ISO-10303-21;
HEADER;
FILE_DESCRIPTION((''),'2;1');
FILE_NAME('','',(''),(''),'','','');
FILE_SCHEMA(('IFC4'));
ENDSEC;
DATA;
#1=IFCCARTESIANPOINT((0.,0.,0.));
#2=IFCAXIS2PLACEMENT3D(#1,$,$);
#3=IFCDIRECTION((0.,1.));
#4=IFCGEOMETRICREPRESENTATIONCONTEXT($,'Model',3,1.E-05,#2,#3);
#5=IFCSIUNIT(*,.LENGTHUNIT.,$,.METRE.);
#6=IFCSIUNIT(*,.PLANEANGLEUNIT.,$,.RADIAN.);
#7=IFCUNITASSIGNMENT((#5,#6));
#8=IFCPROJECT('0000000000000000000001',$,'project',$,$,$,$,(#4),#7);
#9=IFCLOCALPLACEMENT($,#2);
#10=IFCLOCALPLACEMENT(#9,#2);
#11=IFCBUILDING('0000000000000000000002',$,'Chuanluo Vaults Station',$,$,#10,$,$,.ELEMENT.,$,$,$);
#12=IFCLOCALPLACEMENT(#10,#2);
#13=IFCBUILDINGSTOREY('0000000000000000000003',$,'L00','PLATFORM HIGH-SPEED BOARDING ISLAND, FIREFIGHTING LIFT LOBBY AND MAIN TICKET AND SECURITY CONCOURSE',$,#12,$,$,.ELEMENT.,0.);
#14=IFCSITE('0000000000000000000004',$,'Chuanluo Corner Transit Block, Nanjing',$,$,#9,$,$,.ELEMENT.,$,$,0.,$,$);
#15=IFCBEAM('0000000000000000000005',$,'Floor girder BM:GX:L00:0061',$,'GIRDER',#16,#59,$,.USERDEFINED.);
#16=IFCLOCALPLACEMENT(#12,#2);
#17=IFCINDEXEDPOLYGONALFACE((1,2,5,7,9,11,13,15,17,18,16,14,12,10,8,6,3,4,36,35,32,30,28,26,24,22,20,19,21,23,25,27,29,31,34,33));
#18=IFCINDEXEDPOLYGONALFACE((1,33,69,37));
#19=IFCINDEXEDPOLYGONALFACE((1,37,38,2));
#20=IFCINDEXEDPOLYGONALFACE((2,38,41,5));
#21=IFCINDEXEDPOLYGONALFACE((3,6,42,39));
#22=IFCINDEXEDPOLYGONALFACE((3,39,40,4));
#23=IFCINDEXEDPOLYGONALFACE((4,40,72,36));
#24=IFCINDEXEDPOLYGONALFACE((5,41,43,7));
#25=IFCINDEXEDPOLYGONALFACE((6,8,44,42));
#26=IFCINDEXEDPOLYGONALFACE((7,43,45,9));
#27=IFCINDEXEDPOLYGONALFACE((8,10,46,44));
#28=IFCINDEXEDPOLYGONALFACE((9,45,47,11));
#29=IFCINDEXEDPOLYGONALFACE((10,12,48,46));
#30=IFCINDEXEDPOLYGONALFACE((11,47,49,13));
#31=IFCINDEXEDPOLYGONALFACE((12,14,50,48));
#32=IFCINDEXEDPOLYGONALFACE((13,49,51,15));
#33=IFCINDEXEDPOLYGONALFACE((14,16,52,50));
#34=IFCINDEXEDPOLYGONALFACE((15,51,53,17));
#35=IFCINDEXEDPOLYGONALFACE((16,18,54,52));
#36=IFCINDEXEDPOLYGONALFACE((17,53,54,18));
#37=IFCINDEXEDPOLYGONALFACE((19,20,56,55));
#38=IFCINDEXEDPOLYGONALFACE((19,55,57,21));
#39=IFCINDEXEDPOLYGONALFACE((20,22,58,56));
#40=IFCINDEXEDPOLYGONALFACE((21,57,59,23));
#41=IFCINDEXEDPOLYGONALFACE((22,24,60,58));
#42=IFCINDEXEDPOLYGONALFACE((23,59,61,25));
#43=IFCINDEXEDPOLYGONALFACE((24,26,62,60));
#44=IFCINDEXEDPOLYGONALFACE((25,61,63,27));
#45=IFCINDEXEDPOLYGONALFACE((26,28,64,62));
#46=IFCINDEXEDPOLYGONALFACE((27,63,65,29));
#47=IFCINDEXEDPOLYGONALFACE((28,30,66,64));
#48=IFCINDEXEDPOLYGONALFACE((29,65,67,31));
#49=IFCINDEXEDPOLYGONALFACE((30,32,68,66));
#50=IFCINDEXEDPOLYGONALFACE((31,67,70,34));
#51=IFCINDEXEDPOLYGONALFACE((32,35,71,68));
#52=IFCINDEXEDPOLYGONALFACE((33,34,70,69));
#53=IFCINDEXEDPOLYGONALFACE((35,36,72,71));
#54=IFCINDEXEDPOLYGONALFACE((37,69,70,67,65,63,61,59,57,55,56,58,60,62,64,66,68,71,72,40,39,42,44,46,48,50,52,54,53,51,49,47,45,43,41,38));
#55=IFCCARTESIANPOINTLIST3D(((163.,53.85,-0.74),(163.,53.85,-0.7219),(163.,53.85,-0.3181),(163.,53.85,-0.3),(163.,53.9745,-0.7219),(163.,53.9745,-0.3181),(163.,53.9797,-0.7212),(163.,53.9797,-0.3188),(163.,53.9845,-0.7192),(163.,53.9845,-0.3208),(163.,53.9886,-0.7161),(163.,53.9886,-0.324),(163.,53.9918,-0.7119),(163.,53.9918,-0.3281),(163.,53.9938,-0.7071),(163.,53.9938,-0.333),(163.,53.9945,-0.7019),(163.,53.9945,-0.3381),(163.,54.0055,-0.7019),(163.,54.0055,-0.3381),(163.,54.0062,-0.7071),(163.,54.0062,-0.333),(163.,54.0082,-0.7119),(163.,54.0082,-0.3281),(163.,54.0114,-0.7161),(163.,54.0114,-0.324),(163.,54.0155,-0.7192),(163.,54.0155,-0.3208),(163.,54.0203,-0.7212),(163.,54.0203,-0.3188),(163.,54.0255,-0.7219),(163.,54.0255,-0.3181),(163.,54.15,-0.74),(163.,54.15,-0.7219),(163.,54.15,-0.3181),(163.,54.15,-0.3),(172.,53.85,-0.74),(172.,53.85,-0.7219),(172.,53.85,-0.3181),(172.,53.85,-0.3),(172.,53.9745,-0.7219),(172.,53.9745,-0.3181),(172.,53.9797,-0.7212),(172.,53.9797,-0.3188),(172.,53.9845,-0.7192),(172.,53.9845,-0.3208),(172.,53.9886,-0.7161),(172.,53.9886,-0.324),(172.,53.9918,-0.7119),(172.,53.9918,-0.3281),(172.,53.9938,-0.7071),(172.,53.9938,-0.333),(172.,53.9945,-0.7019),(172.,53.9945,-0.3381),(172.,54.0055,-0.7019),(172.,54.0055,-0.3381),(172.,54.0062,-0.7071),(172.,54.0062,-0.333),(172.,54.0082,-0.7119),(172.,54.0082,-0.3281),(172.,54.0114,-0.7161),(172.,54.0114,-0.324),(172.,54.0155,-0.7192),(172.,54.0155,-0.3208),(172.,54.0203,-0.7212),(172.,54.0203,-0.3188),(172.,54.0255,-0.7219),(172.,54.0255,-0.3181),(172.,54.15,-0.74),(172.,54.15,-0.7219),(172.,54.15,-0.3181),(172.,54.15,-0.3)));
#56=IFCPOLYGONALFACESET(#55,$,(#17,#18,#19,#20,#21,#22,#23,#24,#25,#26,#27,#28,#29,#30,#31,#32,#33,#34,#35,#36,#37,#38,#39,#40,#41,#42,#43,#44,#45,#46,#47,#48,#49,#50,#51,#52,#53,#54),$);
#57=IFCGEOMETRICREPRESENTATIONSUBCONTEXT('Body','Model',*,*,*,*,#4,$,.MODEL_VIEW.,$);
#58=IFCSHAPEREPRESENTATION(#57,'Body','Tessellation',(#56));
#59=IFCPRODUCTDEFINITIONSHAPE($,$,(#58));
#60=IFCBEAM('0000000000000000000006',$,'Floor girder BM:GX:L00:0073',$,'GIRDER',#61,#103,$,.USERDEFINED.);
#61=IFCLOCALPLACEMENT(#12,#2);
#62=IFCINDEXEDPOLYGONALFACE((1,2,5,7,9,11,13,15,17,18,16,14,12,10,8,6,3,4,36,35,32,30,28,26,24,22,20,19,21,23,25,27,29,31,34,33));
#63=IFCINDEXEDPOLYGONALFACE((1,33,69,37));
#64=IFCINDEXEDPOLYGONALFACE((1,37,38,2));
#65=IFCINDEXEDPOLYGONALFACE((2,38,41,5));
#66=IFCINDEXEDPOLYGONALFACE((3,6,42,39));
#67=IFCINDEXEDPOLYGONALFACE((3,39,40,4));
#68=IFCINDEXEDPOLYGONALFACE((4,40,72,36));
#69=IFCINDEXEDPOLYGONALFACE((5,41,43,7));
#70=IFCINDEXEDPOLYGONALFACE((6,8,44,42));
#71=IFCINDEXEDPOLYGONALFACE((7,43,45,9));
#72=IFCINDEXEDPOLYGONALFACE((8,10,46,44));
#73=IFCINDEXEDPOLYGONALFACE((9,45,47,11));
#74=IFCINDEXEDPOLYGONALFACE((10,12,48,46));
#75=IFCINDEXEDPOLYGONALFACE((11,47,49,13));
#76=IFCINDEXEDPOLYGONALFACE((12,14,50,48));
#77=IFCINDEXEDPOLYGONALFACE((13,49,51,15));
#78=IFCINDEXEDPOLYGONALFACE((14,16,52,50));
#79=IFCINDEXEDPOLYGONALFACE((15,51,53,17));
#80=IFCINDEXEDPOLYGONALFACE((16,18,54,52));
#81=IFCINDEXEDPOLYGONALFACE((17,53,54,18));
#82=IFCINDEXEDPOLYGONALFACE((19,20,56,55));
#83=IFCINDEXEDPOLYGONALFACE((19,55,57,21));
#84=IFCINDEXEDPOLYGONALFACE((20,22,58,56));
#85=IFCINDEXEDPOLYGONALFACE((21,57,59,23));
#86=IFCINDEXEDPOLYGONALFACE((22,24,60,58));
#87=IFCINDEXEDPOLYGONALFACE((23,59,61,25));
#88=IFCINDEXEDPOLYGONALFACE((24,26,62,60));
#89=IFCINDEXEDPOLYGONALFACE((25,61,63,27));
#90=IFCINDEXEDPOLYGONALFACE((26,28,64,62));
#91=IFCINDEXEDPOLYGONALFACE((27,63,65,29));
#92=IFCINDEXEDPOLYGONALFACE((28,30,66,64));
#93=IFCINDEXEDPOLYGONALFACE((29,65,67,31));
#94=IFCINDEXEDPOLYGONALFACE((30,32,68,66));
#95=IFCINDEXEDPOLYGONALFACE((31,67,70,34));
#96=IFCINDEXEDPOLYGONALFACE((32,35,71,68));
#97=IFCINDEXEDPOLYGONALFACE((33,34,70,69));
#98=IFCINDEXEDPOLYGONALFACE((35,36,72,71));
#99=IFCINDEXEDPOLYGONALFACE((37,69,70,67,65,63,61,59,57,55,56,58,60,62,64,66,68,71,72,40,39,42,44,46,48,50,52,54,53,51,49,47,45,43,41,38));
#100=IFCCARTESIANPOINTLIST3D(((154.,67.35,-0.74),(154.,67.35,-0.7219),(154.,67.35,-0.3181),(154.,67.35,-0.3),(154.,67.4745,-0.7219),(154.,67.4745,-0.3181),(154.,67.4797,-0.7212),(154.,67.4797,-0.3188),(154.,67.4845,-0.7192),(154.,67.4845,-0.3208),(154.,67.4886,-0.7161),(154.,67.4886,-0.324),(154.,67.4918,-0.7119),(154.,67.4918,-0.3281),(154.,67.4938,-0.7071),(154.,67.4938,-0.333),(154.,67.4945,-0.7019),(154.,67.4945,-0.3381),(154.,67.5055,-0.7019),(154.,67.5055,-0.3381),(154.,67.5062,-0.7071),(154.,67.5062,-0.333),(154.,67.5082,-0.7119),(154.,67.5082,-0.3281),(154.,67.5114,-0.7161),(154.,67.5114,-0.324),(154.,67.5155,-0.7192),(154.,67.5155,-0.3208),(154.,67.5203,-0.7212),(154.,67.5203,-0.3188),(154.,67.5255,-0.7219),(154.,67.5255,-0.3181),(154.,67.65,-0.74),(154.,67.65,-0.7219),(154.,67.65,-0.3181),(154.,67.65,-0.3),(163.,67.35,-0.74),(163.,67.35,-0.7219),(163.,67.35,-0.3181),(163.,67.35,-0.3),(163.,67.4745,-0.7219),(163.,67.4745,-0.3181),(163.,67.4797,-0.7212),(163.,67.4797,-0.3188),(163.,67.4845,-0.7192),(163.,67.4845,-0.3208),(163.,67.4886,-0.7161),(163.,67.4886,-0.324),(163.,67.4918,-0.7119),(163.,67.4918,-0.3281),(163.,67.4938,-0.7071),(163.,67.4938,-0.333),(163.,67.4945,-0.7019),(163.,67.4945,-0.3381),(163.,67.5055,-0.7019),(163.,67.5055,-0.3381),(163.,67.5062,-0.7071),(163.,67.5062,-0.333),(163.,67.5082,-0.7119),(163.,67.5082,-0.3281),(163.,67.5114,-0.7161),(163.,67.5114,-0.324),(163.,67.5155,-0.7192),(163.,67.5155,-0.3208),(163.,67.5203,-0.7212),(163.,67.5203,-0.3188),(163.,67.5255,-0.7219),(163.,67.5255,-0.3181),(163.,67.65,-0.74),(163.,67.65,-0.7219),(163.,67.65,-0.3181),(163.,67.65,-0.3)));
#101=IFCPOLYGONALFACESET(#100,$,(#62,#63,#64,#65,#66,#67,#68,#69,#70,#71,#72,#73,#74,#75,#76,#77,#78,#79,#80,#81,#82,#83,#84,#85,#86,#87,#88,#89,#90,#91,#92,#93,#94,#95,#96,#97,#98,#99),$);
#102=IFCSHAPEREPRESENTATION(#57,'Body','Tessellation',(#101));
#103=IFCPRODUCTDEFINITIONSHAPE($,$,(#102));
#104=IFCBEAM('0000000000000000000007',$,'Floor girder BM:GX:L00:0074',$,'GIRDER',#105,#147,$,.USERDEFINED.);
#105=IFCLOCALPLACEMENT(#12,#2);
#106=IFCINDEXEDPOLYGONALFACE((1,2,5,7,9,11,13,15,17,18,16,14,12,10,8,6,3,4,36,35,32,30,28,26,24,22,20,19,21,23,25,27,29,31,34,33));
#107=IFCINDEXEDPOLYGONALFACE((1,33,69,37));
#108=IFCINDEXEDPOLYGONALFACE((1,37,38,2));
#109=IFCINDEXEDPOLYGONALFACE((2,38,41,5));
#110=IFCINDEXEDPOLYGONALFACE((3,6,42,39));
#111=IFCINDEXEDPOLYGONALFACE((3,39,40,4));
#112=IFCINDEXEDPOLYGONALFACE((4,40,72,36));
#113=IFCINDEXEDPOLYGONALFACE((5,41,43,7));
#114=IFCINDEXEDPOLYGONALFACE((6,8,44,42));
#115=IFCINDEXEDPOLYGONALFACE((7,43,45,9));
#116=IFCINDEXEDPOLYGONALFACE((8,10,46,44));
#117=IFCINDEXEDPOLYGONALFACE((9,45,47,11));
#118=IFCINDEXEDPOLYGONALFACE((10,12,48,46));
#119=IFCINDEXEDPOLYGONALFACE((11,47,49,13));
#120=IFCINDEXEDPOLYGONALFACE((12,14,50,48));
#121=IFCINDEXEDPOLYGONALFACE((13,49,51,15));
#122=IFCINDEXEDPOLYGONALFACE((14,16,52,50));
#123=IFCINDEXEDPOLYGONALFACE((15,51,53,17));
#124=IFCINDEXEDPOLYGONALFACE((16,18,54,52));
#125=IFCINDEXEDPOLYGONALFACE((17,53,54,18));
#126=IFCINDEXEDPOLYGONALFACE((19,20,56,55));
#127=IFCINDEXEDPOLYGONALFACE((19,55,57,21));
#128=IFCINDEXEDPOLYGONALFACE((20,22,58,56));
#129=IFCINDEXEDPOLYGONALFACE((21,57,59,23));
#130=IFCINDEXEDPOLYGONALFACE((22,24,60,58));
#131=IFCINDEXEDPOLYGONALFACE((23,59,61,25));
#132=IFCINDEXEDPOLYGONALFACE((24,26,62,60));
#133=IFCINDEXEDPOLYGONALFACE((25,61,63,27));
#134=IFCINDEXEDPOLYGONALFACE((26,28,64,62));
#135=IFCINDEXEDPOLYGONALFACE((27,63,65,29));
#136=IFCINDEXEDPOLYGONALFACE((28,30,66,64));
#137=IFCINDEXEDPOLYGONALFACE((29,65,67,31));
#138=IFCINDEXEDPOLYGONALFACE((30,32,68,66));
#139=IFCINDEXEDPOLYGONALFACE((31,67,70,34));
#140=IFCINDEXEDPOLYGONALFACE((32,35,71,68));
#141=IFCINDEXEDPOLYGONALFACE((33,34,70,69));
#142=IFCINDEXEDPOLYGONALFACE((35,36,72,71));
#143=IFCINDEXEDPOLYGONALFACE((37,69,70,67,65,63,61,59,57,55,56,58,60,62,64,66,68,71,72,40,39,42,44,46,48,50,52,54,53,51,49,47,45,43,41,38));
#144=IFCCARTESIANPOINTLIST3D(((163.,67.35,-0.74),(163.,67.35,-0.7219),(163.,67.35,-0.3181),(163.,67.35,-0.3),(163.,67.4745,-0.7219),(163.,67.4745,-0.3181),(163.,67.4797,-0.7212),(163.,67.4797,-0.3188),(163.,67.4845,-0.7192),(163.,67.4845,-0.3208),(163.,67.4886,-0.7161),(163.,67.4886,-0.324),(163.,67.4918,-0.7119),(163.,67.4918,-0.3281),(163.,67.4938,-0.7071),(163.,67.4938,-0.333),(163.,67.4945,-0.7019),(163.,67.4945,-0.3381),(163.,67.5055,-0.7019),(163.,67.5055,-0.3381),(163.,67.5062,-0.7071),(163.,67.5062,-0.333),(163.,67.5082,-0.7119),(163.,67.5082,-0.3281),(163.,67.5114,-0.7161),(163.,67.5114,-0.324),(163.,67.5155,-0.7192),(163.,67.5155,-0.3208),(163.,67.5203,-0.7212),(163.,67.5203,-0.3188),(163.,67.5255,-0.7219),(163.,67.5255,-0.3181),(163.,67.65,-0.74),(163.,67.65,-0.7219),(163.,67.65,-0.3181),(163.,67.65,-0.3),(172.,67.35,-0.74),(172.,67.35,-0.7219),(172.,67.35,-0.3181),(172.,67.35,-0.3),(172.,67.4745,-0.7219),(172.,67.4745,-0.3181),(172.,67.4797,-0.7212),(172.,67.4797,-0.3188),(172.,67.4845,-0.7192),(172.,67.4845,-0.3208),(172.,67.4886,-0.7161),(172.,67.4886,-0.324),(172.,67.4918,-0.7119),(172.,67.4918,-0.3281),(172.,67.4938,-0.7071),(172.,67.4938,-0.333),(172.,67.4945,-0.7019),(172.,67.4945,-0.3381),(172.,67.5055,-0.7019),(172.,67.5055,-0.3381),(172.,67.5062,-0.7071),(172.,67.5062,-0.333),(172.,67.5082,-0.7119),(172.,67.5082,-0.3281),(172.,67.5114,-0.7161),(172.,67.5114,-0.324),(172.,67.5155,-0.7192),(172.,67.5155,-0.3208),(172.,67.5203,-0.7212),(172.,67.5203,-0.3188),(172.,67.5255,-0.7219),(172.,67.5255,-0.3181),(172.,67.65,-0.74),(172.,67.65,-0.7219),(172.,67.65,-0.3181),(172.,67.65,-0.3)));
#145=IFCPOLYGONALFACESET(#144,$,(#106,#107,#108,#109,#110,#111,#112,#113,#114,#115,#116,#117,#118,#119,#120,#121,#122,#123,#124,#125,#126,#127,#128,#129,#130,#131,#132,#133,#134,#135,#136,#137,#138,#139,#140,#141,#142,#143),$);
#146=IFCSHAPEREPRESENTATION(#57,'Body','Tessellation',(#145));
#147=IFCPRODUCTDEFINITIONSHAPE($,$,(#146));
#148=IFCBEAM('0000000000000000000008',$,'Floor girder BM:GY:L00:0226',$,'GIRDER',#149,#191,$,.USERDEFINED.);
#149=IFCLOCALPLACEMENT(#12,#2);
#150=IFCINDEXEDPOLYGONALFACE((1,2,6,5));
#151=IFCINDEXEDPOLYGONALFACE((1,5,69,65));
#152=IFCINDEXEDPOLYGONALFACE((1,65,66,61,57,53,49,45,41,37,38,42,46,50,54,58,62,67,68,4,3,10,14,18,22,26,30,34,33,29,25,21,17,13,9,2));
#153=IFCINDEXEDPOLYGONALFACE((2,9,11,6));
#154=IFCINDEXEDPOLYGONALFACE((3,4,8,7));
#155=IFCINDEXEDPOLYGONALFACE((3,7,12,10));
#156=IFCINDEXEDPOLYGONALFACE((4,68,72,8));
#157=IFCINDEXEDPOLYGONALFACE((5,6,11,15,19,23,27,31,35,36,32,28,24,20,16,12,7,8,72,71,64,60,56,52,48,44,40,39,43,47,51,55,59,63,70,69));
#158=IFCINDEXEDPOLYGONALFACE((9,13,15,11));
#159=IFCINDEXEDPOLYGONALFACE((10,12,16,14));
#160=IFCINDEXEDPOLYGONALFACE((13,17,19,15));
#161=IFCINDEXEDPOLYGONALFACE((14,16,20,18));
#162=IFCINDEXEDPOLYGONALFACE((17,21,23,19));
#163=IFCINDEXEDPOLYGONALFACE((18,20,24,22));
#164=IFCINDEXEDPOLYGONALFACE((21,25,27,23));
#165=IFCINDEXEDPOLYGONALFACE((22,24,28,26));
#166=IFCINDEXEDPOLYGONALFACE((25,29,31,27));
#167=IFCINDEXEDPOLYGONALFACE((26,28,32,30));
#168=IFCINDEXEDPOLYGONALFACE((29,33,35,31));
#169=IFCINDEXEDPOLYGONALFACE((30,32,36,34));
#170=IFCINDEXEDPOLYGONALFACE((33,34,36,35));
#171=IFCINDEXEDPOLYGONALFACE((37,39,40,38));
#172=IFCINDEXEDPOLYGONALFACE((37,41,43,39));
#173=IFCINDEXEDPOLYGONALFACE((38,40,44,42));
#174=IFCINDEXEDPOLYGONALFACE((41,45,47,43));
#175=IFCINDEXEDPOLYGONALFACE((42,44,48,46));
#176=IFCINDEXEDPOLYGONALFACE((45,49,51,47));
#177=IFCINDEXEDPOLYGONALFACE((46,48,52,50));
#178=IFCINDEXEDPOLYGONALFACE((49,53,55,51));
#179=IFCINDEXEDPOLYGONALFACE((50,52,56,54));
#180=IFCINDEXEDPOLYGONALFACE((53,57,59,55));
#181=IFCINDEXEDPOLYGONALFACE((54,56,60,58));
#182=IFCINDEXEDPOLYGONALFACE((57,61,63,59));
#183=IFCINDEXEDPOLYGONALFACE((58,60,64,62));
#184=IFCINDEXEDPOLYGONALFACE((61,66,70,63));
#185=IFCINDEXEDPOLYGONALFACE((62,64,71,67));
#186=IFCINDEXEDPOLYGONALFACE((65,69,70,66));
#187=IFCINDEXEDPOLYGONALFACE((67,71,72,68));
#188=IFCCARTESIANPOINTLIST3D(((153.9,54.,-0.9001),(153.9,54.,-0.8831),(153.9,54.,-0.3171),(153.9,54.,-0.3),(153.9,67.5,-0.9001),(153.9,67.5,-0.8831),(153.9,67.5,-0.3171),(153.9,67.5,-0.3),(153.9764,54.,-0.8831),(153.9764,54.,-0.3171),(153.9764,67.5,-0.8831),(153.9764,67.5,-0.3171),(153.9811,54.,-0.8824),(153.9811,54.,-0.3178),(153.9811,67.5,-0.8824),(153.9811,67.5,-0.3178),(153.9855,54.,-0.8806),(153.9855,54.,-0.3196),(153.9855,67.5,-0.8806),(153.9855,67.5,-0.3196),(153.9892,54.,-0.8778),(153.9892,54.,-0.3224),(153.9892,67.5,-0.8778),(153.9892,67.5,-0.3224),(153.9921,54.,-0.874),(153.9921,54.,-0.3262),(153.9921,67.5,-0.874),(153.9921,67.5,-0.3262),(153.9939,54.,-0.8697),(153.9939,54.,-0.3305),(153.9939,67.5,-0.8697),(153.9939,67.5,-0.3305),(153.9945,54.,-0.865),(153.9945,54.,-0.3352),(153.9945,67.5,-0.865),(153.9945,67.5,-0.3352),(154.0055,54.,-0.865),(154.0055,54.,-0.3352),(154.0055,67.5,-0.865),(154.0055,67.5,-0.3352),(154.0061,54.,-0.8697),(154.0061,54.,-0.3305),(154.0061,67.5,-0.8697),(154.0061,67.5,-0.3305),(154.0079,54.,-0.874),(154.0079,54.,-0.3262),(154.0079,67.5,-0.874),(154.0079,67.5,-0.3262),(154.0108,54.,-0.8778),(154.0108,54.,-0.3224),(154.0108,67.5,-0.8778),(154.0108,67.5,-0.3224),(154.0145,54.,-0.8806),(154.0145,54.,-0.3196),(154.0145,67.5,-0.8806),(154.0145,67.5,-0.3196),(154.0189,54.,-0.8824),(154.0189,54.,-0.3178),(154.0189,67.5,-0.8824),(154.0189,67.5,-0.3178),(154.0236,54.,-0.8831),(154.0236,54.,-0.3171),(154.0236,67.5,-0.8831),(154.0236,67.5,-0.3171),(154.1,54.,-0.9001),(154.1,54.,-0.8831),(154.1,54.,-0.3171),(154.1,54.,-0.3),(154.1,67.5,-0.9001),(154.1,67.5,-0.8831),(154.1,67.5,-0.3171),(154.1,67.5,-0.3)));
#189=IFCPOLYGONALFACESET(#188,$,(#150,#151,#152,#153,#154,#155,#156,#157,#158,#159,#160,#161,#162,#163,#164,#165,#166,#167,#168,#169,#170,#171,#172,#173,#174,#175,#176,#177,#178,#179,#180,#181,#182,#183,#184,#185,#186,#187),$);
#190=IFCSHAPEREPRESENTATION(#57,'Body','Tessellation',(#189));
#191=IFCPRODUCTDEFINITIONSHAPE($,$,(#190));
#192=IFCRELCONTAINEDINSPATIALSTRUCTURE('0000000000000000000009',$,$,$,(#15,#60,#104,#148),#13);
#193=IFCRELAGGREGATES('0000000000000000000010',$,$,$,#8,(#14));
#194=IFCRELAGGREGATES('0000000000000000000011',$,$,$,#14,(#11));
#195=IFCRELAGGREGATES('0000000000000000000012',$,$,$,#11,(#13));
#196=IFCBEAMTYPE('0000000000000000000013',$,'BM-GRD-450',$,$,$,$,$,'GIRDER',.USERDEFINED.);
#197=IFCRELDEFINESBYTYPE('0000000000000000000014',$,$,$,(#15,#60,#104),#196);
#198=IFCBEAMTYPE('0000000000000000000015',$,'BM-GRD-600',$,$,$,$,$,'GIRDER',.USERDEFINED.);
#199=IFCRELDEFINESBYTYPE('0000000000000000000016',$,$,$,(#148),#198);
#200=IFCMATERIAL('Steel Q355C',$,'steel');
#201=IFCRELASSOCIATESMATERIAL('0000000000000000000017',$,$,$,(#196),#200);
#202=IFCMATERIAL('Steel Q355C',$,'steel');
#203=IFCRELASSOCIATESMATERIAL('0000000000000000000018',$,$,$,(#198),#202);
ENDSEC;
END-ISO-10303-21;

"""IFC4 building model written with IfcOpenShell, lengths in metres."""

from ifc_helpers import new_model, si_unit, direction, frame, origin, origin_2d, place, context, subcontext, project, spatial, i_section, extrude, material, material_profile, profile_set, type_object, element, save


model = new_model("IFC4")

# Units and contexts
model_context = context("Model", 3, precision=1e-05, world=origin(), true_north=direction((0.0, 1.0)))
body_context = subcontext(model_context, "Body", "Model", "MODEL_VIEW")
ifc_project = project(units=[si_unit("LENGTHUNIT", "METRE"), si_unit("PLANEANGLEUNIT", "RADIAN")], contexts=[model_context])

# Site, building, storey
site_placement = place(None, origin())
site = spatial("IfcSite", under=ifc_project, at=site_placement, Name="Chuanluo Corner Transit Block, Nanjing", CompositionType="ELEMENT", RefElevation=0.0)
building_placement = place(site_placement, origin())
building = spatial("IfcBuilding", under=site, at=building_placement, Name="Chuanluo Vaults Station", CompositionType="ELEMENT")
storey_placement = place(building_placement, origin())
storey = spatial("IfcBuildingStorey", under=building, at=storey_placement, Name="L00", Description="PLATFORM HIGH-SPEED BOARDING ISLAND, FIREFIGHTING LIFT LOBBY AND MAIN TICKET AND SECURITY CONCOURSE", CompositionType="ELEMENT", Elevation=0.0)

# Beams
ifc_material_1 = material(Name="Steel Q355C", Category="steel")
ifc_material_profile_1 = material_profile(ifc_material_1, i_section(OverallWidth=0.3, OverallDepth=0.4399, WebThickness=0.011, FlangeThickness=0.0181, FilletRadius=0.02, at=origin_2d()))
ifc_profile_set_1 = profile_set([ifc_material_profile_1], Name="Steel Q355C")
beam_type_1 = type_object("IfcBeamType", Name="BM-GRD-450", ElementType="GIRDER", PredefinedType="USERDEFINED", material=ifc_profile_set_1)
for number, where, z_axis, x_axis, name in (
    (1, (163.0, 54.0, -0.52), (1.0, 0.0, 0.0), (0.0, 1.0, 0.0), "Floor girder BM:GX:L00:0061"),
    (2, (154.0, 67.5, -0.52), (1.0, 0.0, 0.0), (0.0, 1.0, 0.0), "Floor girder BM:GX:L00:0073"),
    (3, (163.0, 67.5, -0.52), (1.0, 0.0, 0.0), (0.0, 1.0, 0.0), "Floor girder BM:GX:L00:0074"),
):
    element("IfcBeam", number, at=place(storey_placement, frame(where, z_axis=z_axis, x_axis=x_axis)), inside=storey, type_object=beam_type_1, Name=name, ObjectType="GIRDER", PredefinedType="USERDEFINED", context=body_context, shape_type="SweptSolid", body=[
        extrude(i_section(OverallWidth=0.3, OverallDepth=0.4399, WebThickness=0.011, FlangeThickness=0.0181, FilletRadius=0.02, at=origin_2d()), origin(), (0.0, 0.0, 1.0), 9.0),
    ])
ifc_material_2 = material(Name="Steel Q355C", Category="steel")
ifc_material_profile_2 = material_profile(ifc_material_2, i_section(OverallWidth=0.2, OverallDepth=0.6001, WebThickness=0.011, FlangeThickness=0.0171, FilletRadius=0.0181, at=origin_2d()))
ifc_profile_set_2 = profile_set([ifc_material_profile_2], Name="Steel Q355C")
beam_type_2 = type_object("IfcBeamType", Name="BM-GRD-600", ElementType="GIRDER", PredefinedType="USERDEFINED", material=ifc_profile_set_2)
for number, where, z_axis, x_axis, name in (
    (4, (154.0, 54.0, -0.6001), (0.0, 1.0, 0.0), (-1.0, 0.0, 0.0), "Floor girder BM:GY:L00:0226"),
):
    element("IfcBeam", number, at=place(storey_placement, frame(where, z_axis=z_axis, x_axis=x_axis)), inside=storey, type_object=beam_type_2, Name=name, ObjectType="GIRDER", PredefinedType="USERDEFINED", context=body_context, shape_type="SweptSolid", body=[
        extrude(i_section(OverallWidth=0.2, OverallDepth=0.6001, WebThickness=0.011, FlangeThickness=0.0171, FilletRadius=0.0181, at=origin_2d()), origin(), (0.0, 0.0, 1.0), 13.5),
    ])

save(model, "model.ifc")
